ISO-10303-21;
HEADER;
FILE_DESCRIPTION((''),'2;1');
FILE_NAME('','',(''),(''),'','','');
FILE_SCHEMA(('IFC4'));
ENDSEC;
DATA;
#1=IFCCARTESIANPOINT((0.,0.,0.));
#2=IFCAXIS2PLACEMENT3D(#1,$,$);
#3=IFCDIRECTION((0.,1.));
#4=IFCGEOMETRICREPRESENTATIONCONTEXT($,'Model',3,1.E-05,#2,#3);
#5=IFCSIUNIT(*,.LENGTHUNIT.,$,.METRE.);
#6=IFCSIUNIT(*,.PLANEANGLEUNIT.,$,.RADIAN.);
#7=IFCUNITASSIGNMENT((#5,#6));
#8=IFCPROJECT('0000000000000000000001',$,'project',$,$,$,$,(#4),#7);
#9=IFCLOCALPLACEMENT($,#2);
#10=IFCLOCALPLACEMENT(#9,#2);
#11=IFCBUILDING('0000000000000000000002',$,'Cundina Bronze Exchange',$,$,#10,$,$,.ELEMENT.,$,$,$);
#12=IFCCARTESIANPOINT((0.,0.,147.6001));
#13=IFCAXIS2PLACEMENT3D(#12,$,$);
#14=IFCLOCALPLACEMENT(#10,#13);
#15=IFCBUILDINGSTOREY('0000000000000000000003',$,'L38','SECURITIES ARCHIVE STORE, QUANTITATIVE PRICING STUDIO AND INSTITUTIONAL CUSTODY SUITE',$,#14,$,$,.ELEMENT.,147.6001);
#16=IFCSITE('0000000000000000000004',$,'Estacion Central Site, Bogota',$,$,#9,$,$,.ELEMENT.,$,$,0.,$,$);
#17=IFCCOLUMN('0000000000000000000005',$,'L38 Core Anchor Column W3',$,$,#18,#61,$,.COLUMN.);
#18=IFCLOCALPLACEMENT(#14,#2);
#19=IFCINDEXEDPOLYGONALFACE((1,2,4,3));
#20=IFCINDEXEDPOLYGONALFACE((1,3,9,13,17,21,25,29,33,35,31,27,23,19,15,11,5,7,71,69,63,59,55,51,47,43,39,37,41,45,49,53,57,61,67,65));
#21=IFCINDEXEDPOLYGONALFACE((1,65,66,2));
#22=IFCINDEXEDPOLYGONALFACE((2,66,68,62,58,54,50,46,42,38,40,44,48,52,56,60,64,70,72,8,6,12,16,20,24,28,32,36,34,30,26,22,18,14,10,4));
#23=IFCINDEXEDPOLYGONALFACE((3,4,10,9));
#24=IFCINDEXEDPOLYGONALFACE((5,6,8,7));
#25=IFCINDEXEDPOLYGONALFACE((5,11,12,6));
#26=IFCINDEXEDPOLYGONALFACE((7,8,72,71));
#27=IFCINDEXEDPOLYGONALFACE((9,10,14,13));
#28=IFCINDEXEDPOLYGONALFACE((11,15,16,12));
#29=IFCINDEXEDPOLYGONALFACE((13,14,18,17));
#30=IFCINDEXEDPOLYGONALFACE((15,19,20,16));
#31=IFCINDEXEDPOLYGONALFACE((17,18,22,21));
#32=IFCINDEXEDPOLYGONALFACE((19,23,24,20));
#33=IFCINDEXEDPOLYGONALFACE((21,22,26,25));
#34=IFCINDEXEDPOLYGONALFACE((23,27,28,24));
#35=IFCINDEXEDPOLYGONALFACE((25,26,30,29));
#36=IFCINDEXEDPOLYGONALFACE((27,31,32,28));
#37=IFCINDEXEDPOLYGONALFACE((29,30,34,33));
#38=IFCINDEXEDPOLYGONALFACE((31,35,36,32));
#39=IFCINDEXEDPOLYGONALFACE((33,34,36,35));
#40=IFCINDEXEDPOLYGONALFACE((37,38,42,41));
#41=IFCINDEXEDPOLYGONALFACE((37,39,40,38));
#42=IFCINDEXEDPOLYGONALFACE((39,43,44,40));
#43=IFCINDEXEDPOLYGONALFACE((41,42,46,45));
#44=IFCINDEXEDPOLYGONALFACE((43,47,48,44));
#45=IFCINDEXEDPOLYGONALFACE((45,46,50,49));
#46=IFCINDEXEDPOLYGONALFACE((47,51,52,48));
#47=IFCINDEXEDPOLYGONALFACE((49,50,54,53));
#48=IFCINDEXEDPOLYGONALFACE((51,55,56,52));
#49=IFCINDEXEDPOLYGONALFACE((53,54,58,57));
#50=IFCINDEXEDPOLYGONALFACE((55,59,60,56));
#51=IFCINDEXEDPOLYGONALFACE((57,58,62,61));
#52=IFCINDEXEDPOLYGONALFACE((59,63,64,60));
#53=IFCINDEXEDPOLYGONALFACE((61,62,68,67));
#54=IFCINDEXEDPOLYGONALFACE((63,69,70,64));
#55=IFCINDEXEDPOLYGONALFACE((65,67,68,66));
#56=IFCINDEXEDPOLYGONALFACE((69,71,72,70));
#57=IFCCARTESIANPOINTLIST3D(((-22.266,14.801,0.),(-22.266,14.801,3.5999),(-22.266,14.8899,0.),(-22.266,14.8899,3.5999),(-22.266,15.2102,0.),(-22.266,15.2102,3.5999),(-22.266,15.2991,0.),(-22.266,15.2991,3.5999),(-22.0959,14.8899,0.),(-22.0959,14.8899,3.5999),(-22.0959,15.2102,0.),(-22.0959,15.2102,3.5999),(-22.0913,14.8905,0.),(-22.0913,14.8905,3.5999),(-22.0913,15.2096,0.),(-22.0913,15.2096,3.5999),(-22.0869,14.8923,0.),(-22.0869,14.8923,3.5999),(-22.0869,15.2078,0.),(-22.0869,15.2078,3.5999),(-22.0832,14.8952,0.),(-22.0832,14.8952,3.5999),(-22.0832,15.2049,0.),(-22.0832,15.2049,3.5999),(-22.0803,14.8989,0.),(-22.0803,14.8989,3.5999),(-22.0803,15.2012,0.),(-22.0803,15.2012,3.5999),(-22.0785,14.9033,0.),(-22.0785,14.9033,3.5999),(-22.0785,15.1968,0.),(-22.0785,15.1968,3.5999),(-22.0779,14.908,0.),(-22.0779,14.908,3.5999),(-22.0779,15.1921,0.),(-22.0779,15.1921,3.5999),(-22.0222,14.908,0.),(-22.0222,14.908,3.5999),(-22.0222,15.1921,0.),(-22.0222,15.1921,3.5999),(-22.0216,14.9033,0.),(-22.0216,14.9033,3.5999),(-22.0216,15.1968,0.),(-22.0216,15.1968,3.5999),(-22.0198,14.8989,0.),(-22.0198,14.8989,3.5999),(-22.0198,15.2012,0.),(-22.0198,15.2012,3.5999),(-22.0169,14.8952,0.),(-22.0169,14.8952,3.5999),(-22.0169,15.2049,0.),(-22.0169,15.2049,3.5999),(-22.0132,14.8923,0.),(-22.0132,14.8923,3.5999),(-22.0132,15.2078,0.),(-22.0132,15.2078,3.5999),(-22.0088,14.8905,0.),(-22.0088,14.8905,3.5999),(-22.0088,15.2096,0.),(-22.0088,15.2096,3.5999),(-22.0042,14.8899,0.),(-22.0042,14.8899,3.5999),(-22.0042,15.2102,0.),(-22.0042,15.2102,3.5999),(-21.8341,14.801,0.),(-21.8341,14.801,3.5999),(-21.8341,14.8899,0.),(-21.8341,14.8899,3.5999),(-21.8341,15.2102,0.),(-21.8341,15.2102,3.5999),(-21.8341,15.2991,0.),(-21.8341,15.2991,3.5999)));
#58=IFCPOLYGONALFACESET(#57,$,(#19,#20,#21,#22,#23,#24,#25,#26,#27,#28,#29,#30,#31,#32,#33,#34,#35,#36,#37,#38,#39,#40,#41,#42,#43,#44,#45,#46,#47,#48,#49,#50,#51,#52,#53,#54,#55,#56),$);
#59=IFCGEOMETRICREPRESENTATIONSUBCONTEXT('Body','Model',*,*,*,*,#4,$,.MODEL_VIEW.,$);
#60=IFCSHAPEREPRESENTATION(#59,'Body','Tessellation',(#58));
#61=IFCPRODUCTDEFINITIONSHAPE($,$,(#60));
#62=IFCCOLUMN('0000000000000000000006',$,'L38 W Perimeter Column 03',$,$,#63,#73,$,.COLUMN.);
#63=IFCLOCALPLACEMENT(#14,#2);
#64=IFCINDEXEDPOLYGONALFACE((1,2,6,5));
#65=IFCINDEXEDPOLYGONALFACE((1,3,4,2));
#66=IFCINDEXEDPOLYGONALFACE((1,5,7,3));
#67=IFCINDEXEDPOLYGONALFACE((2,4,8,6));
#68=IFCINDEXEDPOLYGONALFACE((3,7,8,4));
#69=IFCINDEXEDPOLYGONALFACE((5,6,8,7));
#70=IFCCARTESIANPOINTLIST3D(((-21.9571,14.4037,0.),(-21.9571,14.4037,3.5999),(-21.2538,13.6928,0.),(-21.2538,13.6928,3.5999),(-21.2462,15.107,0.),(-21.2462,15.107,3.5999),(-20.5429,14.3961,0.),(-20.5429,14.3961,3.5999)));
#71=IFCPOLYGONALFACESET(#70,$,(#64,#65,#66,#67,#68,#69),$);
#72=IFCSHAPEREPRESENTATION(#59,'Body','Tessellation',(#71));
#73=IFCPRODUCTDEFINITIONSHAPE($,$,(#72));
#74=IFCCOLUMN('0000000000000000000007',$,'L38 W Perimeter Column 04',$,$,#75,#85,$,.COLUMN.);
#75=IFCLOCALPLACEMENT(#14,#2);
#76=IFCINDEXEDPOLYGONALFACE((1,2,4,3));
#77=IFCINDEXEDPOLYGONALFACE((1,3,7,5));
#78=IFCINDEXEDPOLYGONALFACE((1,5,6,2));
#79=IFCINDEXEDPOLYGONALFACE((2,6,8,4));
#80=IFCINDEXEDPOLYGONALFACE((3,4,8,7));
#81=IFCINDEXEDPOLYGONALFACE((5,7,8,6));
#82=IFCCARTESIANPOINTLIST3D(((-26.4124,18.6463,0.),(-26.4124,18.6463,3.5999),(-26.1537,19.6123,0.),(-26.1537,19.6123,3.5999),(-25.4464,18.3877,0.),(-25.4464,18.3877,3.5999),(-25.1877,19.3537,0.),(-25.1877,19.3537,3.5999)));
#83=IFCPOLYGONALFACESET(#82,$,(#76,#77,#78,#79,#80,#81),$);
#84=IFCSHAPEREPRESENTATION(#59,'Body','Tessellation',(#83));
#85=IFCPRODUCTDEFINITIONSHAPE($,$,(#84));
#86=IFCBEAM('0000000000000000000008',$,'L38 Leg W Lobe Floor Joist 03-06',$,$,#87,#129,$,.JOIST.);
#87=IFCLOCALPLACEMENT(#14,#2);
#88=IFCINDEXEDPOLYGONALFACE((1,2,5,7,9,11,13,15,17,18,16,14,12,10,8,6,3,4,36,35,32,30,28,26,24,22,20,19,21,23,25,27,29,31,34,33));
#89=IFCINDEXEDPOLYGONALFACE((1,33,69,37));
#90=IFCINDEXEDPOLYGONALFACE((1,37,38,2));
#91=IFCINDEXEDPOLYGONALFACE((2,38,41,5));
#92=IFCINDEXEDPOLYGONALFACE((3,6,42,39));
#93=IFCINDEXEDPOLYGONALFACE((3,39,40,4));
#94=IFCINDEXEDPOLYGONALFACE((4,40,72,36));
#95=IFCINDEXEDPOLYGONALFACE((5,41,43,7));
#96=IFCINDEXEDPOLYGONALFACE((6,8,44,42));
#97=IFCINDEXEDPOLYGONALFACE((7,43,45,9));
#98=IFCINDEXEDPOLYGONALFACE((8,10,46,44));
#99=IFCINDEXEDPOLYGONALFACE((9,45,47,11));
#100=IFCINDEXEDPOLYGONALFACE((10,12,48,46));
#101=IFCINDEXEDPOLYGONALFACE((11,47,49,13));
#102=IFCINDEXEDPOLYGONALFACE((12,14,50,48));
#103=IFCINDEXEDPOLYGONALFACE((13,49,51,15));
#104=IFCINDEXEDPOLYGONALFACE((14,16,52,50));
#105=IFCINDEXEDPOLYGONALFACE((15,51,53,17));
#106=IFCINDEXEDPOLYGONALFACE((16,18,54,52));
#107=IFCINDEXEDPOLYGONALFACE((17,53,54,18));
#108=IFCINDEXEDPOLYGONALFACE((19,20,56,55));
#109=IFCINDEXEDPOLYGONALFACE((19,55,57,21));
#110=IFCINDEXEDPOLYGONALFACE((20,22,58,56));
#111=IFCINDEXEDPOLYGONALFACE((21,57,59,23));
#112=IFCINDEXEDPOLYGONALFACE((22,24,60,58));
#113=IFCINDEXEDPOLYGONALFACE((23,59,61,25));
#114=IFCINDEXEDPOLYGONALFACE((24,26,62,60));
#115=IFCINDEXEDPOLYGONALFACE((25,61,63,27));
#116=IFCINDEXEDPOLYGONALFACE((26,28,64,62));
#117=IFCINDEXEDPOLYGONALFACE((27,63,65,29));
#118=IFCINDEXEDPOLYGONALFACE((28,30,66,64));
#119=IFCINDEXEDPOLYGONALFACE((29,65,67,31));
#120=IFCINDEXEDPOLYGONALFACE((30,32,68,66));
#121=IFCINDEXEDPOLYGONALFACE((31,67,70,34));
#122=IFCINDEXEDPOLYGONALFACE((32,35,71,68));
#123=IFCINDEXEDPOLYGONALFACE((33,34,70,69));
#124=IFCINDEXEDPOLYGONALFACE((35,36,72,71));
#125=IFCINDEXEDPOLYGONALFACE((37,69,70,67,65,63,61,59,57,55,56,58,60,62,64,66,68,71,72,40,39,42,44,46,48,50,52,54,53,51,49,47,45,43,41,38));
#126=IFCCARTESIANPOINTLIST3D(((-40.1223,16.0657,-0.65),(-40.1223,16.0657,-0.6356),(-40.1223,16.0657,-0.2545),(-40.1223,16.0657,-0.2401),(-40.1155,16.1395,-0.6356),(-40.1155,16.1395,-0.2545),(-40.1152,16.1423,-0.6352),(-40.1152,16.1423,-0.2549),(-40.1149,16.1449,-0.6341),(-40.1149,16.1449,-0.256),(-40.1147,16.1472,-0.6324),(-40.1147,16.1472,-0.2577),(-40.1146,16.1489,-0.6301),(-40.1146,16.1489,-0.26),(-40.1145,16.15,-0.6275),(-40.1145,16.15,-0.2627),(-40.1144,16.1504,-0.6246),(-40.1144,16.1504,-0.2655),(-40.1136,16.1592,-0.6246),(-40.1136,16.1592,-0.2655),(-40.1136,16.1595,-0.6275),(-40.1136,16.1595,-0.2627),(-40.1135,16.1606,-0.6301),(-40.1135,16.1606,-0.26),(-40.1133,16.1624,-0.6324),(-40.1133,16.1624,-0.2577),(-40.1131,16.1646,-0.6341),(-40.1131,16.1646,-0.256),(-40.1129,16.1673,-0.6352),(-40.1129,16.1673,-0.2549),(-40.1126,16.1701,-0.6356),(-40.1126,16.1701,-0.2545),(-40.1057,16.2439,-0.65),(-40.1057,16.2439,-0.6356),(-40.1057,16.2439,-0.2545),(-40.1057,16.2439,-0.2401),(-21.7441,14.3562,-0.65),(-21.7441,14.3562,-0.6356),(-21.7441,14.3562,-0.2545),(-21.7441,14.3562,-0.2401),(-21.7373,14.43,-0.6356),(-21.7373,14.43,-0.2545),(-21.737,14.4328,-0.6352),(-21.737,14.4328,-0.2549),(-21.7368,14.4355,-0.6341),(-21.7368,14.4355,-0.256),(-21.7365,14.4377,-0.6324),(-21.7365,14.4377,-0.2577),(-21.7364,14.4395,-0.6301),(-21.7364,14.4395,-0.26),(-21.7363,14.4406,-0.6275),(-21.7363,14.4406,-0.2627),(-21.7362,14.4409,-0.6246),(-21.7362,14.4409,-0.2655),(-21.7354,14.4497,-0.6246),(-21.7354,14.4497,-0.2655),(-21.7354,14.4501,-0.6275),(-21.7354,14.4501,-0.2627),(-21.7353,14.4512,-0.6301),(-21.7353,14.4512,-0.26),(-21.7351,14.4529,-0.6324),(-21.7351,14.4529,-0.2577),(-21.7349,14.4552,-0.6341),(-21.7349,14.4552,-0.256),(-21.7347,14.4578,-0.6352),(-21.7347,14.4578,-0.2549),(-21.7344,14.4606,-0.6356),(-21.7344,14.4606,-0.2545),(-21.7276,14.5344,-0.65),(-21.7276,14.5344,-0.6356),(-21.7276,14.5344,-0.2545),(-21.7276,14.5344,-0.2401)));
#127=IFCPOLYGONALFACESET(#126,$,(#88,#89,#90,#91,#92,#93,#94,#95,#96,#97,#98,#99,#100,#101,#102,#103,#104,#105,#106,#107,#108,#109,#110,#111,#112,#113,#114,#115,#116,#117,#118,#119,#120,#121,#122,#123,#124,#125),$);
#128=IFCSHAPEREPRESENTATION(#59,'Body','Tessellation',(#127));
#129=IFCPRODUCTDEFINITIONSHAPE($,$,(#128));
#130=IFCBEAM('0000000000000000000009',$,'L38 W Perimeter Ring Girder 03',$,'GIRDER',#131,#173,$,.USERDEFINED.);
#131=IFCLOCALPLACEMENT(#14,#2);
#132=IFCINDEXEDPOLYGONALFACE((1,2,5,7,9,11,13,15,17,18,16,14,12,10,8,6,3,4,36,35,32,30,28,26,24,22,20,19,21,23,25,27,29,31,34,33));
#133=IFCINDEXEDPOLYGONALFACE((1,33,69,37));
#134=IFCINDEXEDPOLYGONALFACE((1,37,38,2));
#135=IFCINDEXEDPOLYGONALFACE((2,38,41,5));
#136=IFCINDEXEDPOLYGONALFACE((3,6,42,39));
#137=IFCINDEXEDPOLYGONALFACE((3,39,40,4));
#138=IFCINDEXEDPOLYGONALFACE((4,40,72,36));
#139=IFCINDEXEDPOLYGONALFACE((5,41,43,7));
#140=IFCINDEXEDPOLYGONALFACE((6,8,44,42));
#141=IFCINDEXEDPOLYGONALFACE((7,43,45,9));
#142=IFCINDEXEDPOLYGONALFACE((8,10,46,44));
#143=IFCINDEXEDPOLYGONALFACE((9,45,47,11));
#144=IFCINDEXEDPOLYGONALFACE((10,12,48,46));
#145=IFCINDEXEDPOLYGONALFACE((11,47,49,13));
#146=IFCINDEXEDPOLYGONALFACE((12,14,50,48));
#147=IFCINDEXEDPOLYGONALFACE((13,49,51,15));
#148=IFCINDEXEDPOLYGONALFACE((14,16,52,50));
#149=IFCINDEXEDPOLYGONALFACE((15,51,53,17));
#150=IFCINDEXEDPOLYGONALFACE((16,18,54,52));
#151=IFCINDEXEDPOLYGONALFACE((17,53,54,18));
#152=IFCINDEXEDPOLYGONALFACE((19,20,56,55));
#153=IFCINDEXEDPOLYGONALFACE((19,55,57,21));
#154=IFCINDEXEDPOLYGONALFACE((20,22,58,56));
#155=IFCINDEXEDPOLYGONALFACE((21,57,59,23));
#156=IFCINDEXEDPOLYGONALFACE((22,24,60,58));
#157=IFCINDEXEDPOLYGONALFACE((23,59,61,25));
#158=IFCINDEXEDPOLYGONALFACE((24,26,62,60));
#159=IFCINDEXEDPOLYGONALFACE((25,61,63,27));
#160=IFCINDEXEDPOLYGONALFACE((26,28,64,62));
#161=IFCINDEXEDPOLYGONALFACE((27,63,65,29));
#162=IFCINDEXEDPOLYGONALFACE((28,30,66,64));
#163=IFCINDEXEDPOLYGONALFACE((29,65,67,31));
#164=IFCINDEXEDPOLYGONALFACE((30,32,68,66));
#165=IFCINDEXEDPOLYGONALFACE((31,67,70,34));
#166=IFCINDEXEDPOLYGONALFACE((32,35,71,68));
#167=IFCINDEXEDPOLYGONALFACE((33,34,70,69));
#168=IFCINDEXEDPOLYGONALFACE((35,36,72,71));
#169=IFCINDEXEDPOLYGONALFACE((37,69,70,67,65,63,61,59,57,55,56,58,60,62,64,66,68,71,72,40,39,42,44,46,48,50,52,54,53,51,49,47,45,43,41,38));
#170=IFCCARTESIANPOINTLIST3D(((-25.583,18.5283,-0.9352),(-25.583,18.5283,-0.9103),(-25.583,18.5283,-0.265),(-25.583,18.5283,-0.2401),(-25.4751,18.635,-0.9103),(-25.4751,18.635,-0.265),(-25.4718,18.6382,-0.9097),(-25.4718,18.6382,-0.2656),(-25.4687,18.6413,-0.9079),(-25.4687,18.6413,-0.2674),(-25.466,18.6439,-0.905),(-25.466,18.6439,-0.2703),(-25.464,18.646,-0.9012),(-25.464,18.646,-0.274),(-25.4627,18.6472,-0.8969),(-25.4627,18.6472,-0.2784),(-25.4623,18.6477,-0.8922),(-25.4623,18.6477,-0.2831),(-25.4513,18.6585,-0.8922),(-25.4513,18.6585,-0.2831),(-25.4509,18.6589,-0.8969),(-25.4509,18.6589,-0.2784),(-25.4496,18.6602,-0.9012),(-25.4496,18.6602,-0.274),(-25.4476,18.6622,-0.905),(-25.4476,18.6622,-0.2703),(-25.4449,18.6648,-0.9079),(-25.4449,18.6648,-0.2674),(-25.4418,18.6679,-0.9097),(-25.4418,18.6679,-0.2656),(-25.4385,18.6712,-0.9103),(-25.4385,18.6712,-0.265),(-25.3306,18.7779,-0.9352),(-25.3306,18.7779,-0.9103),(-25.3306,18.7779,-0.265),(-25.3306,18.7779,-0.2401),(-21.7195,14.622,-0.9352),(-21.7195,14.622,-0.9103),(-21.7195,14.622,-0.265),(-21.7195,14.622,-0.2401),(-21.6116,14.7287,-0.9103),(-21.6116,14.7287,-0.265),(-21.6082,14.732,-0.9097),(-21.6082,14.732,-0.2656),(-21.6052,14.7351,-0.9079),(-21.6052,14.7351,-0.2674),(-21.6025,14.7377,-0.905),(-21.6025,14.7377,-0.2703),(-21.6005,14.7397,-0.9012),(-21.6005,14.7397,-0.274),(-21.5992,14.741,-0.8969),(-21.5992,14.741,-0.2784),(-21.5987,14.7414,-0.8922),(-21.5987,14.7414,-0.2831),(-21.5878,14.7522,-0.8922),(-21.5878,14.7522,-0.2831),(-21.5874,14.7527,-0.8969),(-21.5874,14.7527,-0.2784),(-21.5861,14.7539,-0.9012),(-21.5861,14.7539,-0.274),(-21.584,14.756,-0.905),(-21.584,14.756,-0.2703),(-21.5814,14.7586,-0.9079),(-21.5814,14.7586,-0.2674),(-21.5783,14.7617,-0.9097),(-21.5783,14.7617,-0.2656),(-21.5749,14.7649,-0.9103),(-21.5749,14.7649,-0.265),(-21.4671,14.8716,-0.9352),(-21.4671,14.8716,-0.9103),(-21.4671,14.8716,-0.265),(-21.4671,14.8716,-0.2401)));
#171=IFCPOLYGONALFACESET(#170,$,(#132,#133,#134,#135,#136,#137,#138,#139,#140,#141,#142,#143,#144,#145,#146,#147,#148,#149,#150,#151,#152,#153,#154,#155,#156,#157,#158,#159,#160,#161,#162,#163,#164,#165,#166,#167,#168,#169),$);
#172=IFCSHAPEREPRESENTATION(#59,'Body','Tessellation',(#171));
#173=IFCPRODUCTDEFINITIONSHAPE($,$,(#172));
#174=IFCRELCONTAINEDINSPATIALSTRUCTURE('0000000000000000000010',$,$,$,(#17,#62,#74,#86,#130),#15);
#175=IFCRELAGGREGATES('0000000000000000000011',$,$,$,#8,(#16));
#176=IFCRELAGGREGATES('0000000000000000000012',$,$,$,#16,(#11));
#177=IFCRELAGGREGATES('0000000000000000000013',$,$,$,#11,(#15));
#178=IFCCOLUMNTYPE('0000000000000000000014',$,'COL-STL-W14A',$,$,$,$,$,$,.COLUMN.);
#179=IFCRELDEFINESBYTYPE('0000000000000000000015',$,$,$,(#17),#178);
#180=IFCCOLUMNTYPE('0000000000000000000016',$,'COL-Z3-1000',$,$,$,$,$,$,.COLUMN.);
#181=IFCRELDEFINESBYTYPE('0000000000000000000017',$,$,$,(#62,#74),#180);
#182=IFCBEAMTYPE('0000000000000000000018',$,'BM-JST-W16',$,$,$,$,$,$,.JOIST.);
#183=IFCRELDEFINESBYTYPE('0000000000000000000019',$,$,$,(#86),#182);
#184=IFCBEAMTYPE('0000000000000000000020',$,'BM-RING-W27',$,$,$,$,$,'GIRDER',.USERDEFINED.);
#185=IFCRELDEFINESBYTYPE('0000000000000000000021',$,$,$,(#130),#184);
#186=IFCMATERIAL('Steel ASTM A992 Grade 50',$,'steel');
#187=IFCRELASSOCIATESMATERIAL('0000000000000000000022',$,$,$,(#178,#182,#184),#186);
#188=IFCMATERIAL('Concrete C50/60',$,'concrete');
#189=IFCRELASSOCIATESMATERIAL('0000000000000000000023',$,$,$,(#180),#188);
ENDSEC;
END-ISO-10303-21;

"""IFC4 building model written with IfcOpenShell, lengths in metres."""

from ifc_helpers import new_model, si_unit, direction, frame, origin, origin_2d, place, context, subcontext, project, spatial, rectangle, i_section, extrude, material, material_profile, profile_set, type_object, element, save


model = new_model("IFC4")

# Units and contexts
model_context = context("Model", 3, precision=1e-05, world=origin(), true_north=direction((0.0, 1.0)))
body_context = subcontext(model_context, "Body", "Model", "MODEL_VIEW")
ifc_project = project(units=[si_unit("LENGTHUNIT", "METRE"), si_unit("PLANEANGLEUNIT", "RADIAN")], contexts=[model_context])

# Site, building, storey
site_placement = place(None, origin())
site = spatial("IfcSite", under=ifc_project, at=site_placement, Name="Estacion Central Site, Bogota", CompositionType="ELEMENT", RefElevation=0.0)
building_placement = place(site_placement, origin())
building = spatial("IfcBuilding", under=site, at=building_placement, Name="Cundina Bronze Exchange", CompositionType="ELEMENT")
storey_placement = place(building_placement, frame((0.0, 0.0, 147.6001)))
storey = spatial("IfcBuildingStorey", under=building, at=storey_placement, Name="L38", Description="SECURITIES ARCHIVE STORE, QUANTITATIVE PRICING STUDIO AND INSTITUTIONAL CUSTODY SUITE", CompositionType="ELEMENT", Elevation=147.6001)

# Columns
ifc_material_1 = material(Name="Steel ASTM A992 Grade 50", Category="steel")
ifc_material_profile_1 = material_profile(ifc_material_1, i_section(OverallWidth=0.4319, OverallDepth=0.498, WebThickness=0.0557, FlangeThickness=0.0889, FilletRadius=0.0181, at=origin_2d()), Name="W14X500", Category="steel")
ifc_profile_set_1 = profile_set([ifc_material_profile_1], Name="Steel ASTM A992 Grade 50")
column_type_1 = type_object("IfcColumnType", Name="COL-STL-W14A", PredefinedType="COLUMN", material=ifc_profile_set_1)
column_placement = place(storey_placement, frame((-22.05, 15.05, 0.0), z_axis=(0.0, 0.0, 1.0), x_axis=(1.0, 0.0, 0.0)))
element("IfcColumn", 1, at=column_placement, inside=storey, type_object=column_type_1, Name="L38 Core Anchor Column W3", PredefinedType="COLUMN", context=body_context, shape_type="SweptSolid", body=[
    extrude(i_section(OverallWidth=0.4319, OverallDepth=0.498, WebThickness=0.0557, FlangeThickness=0.0889, FilletRadius=0.0181, at=origin_2d()), origin(), (0.0, 0.0, 1.0), 3.5999),
])
ifc_material_2 = material(Name="Concrete C50/60", Category="concrete")
ifc_material_profile_2 = material_profile(ifc_material_2, rectangle(XDim=1.0, YDim=1.0, at=origin_2d()), Name="RC1000X1000", Category="concrete")
ifc_profile_set_2 = profile_set([ifc_material_profile_2], Name="Concrete C50/60")
column_type_2 = type_object("IfcColumnType", Name="COL-Z3-1000", PredefinedType="COLUMN", material=ifc_profile_set_2)
for number, where, z_axis, x_axis, name in (
    (2, (-21.25, 14.3999, 0.0), (0.0, 0.0, 1.0), (-0.703271, 0.710922, 0.0), "L38 W Perimeter Column 03"),
    (3, (-25.8, 19.0, 0.0), (0.0, 0.0, 1.0), (-0.965971, 0.25865, 0.0), "L38 W Perimeter Column 04"),
):
    element("IfcColumn", number, at=place(storey_placement, frame(where, z_axis=z_axis, x_axis=x_axis)), inside=storey, type_object=column_type_2, Name=name, PredefinedType="COLUMN", context=body_context, shape_type="SweptSolid", body=[
        extrude(rectangle(XDim=1.0, YDim=1.0, at=origin_2d()), origin(), (0.0, 0.0, 1.0), 3.5999),
    ])

# Beams
ifc_material_profile_3 = material_profile(ifc_material_1, i_section(OverallWidth=0.179, OverallDepth=0.4099, WebThickness=0.0088, FlangeThickness=0.0144, FilletRadius=0.011, at=origin_2d()), Name="W16X45", Category="steel")
ifc_profile_set_3 = profile_set([ifc_material_profile_3], Name="Steel ASTM A992 Grade 50")
beam_type_1 = type_object("IfcBeamType", Name="BM-JST-W16", PredefinedType="JOIST", material=ifc_profile_set_3)
beam_1_placement = place(storey_placement, frame((-21.7358, 14.4453, -0.4451), z_axis=(-0.995702, 0.092617, 0.0), x_axis=(-0.092617, -0.995702, 0.0)))
element("IfcBeam", 4, at=beam_1_placement, inside=storey, type_object=beam_type_1, Name="L38 Leg W Lobe Floor Joist 03-06", PredefinedType="JOIST", context=body_context, shape_type="SweptSolid", body=[
    extrude(i_section(OverallWidth=0.179, OverallDepth=0.4099, WebThickness=0.0088, FlangeThickness=0.0144, FilletRadius=0.011, at=origin_2d()), origin(), (0.0, 0.0, 1.0), 18.4575),
])
ifc_material_profile_4 = material_profile(ifc_material_1, i_section(OverallWidth=0.355, OverallDepth=0.6951, WebThickness=0.0154, FlangeThickness=0.0249, FilletRadius=0.0181, at=origin_2d()), Name="W27X146", Category="steel")
ifc_profile_set_4 = profile_set([ifc_material_profile_4], Name="Steel ASTM A992 Grade 50")
beam_type_2 = type_object("IfcBeamType", Name="BM-RING-W27", ElementType="GIRDER", PredefinedType="USERDEFINED", material=ifc_profile_set_4)
beam_2_placement = place(storey_placement, frame((-21.5933, 14.7468, -0.5876), z_axis=(-0.703208, 0.710984, 0.0), x_axis=(-0.710984, -0.703208, 0.0)))
element("IfcBeam", 5, at=beam_2_placement, inside=storey, type_object=beam_type_2, Name="L38 W Perimeter Ring Girder 03", ObjectType="GIRDER", PredefinedType="USERDEFINED", context=body_context, shape_type="SweptSolid", body=[
    extrude(i_section(OverallWidth=0.355, OverallDepth=0.6951, WebThickness=0.0154, FlangeThickness=0.0249, FilletRadius=0.0181, at=origin_2d()), origin(), (0.0, 0.0, 1.0), 5.4941),
])

save(model, "model.ifc")
